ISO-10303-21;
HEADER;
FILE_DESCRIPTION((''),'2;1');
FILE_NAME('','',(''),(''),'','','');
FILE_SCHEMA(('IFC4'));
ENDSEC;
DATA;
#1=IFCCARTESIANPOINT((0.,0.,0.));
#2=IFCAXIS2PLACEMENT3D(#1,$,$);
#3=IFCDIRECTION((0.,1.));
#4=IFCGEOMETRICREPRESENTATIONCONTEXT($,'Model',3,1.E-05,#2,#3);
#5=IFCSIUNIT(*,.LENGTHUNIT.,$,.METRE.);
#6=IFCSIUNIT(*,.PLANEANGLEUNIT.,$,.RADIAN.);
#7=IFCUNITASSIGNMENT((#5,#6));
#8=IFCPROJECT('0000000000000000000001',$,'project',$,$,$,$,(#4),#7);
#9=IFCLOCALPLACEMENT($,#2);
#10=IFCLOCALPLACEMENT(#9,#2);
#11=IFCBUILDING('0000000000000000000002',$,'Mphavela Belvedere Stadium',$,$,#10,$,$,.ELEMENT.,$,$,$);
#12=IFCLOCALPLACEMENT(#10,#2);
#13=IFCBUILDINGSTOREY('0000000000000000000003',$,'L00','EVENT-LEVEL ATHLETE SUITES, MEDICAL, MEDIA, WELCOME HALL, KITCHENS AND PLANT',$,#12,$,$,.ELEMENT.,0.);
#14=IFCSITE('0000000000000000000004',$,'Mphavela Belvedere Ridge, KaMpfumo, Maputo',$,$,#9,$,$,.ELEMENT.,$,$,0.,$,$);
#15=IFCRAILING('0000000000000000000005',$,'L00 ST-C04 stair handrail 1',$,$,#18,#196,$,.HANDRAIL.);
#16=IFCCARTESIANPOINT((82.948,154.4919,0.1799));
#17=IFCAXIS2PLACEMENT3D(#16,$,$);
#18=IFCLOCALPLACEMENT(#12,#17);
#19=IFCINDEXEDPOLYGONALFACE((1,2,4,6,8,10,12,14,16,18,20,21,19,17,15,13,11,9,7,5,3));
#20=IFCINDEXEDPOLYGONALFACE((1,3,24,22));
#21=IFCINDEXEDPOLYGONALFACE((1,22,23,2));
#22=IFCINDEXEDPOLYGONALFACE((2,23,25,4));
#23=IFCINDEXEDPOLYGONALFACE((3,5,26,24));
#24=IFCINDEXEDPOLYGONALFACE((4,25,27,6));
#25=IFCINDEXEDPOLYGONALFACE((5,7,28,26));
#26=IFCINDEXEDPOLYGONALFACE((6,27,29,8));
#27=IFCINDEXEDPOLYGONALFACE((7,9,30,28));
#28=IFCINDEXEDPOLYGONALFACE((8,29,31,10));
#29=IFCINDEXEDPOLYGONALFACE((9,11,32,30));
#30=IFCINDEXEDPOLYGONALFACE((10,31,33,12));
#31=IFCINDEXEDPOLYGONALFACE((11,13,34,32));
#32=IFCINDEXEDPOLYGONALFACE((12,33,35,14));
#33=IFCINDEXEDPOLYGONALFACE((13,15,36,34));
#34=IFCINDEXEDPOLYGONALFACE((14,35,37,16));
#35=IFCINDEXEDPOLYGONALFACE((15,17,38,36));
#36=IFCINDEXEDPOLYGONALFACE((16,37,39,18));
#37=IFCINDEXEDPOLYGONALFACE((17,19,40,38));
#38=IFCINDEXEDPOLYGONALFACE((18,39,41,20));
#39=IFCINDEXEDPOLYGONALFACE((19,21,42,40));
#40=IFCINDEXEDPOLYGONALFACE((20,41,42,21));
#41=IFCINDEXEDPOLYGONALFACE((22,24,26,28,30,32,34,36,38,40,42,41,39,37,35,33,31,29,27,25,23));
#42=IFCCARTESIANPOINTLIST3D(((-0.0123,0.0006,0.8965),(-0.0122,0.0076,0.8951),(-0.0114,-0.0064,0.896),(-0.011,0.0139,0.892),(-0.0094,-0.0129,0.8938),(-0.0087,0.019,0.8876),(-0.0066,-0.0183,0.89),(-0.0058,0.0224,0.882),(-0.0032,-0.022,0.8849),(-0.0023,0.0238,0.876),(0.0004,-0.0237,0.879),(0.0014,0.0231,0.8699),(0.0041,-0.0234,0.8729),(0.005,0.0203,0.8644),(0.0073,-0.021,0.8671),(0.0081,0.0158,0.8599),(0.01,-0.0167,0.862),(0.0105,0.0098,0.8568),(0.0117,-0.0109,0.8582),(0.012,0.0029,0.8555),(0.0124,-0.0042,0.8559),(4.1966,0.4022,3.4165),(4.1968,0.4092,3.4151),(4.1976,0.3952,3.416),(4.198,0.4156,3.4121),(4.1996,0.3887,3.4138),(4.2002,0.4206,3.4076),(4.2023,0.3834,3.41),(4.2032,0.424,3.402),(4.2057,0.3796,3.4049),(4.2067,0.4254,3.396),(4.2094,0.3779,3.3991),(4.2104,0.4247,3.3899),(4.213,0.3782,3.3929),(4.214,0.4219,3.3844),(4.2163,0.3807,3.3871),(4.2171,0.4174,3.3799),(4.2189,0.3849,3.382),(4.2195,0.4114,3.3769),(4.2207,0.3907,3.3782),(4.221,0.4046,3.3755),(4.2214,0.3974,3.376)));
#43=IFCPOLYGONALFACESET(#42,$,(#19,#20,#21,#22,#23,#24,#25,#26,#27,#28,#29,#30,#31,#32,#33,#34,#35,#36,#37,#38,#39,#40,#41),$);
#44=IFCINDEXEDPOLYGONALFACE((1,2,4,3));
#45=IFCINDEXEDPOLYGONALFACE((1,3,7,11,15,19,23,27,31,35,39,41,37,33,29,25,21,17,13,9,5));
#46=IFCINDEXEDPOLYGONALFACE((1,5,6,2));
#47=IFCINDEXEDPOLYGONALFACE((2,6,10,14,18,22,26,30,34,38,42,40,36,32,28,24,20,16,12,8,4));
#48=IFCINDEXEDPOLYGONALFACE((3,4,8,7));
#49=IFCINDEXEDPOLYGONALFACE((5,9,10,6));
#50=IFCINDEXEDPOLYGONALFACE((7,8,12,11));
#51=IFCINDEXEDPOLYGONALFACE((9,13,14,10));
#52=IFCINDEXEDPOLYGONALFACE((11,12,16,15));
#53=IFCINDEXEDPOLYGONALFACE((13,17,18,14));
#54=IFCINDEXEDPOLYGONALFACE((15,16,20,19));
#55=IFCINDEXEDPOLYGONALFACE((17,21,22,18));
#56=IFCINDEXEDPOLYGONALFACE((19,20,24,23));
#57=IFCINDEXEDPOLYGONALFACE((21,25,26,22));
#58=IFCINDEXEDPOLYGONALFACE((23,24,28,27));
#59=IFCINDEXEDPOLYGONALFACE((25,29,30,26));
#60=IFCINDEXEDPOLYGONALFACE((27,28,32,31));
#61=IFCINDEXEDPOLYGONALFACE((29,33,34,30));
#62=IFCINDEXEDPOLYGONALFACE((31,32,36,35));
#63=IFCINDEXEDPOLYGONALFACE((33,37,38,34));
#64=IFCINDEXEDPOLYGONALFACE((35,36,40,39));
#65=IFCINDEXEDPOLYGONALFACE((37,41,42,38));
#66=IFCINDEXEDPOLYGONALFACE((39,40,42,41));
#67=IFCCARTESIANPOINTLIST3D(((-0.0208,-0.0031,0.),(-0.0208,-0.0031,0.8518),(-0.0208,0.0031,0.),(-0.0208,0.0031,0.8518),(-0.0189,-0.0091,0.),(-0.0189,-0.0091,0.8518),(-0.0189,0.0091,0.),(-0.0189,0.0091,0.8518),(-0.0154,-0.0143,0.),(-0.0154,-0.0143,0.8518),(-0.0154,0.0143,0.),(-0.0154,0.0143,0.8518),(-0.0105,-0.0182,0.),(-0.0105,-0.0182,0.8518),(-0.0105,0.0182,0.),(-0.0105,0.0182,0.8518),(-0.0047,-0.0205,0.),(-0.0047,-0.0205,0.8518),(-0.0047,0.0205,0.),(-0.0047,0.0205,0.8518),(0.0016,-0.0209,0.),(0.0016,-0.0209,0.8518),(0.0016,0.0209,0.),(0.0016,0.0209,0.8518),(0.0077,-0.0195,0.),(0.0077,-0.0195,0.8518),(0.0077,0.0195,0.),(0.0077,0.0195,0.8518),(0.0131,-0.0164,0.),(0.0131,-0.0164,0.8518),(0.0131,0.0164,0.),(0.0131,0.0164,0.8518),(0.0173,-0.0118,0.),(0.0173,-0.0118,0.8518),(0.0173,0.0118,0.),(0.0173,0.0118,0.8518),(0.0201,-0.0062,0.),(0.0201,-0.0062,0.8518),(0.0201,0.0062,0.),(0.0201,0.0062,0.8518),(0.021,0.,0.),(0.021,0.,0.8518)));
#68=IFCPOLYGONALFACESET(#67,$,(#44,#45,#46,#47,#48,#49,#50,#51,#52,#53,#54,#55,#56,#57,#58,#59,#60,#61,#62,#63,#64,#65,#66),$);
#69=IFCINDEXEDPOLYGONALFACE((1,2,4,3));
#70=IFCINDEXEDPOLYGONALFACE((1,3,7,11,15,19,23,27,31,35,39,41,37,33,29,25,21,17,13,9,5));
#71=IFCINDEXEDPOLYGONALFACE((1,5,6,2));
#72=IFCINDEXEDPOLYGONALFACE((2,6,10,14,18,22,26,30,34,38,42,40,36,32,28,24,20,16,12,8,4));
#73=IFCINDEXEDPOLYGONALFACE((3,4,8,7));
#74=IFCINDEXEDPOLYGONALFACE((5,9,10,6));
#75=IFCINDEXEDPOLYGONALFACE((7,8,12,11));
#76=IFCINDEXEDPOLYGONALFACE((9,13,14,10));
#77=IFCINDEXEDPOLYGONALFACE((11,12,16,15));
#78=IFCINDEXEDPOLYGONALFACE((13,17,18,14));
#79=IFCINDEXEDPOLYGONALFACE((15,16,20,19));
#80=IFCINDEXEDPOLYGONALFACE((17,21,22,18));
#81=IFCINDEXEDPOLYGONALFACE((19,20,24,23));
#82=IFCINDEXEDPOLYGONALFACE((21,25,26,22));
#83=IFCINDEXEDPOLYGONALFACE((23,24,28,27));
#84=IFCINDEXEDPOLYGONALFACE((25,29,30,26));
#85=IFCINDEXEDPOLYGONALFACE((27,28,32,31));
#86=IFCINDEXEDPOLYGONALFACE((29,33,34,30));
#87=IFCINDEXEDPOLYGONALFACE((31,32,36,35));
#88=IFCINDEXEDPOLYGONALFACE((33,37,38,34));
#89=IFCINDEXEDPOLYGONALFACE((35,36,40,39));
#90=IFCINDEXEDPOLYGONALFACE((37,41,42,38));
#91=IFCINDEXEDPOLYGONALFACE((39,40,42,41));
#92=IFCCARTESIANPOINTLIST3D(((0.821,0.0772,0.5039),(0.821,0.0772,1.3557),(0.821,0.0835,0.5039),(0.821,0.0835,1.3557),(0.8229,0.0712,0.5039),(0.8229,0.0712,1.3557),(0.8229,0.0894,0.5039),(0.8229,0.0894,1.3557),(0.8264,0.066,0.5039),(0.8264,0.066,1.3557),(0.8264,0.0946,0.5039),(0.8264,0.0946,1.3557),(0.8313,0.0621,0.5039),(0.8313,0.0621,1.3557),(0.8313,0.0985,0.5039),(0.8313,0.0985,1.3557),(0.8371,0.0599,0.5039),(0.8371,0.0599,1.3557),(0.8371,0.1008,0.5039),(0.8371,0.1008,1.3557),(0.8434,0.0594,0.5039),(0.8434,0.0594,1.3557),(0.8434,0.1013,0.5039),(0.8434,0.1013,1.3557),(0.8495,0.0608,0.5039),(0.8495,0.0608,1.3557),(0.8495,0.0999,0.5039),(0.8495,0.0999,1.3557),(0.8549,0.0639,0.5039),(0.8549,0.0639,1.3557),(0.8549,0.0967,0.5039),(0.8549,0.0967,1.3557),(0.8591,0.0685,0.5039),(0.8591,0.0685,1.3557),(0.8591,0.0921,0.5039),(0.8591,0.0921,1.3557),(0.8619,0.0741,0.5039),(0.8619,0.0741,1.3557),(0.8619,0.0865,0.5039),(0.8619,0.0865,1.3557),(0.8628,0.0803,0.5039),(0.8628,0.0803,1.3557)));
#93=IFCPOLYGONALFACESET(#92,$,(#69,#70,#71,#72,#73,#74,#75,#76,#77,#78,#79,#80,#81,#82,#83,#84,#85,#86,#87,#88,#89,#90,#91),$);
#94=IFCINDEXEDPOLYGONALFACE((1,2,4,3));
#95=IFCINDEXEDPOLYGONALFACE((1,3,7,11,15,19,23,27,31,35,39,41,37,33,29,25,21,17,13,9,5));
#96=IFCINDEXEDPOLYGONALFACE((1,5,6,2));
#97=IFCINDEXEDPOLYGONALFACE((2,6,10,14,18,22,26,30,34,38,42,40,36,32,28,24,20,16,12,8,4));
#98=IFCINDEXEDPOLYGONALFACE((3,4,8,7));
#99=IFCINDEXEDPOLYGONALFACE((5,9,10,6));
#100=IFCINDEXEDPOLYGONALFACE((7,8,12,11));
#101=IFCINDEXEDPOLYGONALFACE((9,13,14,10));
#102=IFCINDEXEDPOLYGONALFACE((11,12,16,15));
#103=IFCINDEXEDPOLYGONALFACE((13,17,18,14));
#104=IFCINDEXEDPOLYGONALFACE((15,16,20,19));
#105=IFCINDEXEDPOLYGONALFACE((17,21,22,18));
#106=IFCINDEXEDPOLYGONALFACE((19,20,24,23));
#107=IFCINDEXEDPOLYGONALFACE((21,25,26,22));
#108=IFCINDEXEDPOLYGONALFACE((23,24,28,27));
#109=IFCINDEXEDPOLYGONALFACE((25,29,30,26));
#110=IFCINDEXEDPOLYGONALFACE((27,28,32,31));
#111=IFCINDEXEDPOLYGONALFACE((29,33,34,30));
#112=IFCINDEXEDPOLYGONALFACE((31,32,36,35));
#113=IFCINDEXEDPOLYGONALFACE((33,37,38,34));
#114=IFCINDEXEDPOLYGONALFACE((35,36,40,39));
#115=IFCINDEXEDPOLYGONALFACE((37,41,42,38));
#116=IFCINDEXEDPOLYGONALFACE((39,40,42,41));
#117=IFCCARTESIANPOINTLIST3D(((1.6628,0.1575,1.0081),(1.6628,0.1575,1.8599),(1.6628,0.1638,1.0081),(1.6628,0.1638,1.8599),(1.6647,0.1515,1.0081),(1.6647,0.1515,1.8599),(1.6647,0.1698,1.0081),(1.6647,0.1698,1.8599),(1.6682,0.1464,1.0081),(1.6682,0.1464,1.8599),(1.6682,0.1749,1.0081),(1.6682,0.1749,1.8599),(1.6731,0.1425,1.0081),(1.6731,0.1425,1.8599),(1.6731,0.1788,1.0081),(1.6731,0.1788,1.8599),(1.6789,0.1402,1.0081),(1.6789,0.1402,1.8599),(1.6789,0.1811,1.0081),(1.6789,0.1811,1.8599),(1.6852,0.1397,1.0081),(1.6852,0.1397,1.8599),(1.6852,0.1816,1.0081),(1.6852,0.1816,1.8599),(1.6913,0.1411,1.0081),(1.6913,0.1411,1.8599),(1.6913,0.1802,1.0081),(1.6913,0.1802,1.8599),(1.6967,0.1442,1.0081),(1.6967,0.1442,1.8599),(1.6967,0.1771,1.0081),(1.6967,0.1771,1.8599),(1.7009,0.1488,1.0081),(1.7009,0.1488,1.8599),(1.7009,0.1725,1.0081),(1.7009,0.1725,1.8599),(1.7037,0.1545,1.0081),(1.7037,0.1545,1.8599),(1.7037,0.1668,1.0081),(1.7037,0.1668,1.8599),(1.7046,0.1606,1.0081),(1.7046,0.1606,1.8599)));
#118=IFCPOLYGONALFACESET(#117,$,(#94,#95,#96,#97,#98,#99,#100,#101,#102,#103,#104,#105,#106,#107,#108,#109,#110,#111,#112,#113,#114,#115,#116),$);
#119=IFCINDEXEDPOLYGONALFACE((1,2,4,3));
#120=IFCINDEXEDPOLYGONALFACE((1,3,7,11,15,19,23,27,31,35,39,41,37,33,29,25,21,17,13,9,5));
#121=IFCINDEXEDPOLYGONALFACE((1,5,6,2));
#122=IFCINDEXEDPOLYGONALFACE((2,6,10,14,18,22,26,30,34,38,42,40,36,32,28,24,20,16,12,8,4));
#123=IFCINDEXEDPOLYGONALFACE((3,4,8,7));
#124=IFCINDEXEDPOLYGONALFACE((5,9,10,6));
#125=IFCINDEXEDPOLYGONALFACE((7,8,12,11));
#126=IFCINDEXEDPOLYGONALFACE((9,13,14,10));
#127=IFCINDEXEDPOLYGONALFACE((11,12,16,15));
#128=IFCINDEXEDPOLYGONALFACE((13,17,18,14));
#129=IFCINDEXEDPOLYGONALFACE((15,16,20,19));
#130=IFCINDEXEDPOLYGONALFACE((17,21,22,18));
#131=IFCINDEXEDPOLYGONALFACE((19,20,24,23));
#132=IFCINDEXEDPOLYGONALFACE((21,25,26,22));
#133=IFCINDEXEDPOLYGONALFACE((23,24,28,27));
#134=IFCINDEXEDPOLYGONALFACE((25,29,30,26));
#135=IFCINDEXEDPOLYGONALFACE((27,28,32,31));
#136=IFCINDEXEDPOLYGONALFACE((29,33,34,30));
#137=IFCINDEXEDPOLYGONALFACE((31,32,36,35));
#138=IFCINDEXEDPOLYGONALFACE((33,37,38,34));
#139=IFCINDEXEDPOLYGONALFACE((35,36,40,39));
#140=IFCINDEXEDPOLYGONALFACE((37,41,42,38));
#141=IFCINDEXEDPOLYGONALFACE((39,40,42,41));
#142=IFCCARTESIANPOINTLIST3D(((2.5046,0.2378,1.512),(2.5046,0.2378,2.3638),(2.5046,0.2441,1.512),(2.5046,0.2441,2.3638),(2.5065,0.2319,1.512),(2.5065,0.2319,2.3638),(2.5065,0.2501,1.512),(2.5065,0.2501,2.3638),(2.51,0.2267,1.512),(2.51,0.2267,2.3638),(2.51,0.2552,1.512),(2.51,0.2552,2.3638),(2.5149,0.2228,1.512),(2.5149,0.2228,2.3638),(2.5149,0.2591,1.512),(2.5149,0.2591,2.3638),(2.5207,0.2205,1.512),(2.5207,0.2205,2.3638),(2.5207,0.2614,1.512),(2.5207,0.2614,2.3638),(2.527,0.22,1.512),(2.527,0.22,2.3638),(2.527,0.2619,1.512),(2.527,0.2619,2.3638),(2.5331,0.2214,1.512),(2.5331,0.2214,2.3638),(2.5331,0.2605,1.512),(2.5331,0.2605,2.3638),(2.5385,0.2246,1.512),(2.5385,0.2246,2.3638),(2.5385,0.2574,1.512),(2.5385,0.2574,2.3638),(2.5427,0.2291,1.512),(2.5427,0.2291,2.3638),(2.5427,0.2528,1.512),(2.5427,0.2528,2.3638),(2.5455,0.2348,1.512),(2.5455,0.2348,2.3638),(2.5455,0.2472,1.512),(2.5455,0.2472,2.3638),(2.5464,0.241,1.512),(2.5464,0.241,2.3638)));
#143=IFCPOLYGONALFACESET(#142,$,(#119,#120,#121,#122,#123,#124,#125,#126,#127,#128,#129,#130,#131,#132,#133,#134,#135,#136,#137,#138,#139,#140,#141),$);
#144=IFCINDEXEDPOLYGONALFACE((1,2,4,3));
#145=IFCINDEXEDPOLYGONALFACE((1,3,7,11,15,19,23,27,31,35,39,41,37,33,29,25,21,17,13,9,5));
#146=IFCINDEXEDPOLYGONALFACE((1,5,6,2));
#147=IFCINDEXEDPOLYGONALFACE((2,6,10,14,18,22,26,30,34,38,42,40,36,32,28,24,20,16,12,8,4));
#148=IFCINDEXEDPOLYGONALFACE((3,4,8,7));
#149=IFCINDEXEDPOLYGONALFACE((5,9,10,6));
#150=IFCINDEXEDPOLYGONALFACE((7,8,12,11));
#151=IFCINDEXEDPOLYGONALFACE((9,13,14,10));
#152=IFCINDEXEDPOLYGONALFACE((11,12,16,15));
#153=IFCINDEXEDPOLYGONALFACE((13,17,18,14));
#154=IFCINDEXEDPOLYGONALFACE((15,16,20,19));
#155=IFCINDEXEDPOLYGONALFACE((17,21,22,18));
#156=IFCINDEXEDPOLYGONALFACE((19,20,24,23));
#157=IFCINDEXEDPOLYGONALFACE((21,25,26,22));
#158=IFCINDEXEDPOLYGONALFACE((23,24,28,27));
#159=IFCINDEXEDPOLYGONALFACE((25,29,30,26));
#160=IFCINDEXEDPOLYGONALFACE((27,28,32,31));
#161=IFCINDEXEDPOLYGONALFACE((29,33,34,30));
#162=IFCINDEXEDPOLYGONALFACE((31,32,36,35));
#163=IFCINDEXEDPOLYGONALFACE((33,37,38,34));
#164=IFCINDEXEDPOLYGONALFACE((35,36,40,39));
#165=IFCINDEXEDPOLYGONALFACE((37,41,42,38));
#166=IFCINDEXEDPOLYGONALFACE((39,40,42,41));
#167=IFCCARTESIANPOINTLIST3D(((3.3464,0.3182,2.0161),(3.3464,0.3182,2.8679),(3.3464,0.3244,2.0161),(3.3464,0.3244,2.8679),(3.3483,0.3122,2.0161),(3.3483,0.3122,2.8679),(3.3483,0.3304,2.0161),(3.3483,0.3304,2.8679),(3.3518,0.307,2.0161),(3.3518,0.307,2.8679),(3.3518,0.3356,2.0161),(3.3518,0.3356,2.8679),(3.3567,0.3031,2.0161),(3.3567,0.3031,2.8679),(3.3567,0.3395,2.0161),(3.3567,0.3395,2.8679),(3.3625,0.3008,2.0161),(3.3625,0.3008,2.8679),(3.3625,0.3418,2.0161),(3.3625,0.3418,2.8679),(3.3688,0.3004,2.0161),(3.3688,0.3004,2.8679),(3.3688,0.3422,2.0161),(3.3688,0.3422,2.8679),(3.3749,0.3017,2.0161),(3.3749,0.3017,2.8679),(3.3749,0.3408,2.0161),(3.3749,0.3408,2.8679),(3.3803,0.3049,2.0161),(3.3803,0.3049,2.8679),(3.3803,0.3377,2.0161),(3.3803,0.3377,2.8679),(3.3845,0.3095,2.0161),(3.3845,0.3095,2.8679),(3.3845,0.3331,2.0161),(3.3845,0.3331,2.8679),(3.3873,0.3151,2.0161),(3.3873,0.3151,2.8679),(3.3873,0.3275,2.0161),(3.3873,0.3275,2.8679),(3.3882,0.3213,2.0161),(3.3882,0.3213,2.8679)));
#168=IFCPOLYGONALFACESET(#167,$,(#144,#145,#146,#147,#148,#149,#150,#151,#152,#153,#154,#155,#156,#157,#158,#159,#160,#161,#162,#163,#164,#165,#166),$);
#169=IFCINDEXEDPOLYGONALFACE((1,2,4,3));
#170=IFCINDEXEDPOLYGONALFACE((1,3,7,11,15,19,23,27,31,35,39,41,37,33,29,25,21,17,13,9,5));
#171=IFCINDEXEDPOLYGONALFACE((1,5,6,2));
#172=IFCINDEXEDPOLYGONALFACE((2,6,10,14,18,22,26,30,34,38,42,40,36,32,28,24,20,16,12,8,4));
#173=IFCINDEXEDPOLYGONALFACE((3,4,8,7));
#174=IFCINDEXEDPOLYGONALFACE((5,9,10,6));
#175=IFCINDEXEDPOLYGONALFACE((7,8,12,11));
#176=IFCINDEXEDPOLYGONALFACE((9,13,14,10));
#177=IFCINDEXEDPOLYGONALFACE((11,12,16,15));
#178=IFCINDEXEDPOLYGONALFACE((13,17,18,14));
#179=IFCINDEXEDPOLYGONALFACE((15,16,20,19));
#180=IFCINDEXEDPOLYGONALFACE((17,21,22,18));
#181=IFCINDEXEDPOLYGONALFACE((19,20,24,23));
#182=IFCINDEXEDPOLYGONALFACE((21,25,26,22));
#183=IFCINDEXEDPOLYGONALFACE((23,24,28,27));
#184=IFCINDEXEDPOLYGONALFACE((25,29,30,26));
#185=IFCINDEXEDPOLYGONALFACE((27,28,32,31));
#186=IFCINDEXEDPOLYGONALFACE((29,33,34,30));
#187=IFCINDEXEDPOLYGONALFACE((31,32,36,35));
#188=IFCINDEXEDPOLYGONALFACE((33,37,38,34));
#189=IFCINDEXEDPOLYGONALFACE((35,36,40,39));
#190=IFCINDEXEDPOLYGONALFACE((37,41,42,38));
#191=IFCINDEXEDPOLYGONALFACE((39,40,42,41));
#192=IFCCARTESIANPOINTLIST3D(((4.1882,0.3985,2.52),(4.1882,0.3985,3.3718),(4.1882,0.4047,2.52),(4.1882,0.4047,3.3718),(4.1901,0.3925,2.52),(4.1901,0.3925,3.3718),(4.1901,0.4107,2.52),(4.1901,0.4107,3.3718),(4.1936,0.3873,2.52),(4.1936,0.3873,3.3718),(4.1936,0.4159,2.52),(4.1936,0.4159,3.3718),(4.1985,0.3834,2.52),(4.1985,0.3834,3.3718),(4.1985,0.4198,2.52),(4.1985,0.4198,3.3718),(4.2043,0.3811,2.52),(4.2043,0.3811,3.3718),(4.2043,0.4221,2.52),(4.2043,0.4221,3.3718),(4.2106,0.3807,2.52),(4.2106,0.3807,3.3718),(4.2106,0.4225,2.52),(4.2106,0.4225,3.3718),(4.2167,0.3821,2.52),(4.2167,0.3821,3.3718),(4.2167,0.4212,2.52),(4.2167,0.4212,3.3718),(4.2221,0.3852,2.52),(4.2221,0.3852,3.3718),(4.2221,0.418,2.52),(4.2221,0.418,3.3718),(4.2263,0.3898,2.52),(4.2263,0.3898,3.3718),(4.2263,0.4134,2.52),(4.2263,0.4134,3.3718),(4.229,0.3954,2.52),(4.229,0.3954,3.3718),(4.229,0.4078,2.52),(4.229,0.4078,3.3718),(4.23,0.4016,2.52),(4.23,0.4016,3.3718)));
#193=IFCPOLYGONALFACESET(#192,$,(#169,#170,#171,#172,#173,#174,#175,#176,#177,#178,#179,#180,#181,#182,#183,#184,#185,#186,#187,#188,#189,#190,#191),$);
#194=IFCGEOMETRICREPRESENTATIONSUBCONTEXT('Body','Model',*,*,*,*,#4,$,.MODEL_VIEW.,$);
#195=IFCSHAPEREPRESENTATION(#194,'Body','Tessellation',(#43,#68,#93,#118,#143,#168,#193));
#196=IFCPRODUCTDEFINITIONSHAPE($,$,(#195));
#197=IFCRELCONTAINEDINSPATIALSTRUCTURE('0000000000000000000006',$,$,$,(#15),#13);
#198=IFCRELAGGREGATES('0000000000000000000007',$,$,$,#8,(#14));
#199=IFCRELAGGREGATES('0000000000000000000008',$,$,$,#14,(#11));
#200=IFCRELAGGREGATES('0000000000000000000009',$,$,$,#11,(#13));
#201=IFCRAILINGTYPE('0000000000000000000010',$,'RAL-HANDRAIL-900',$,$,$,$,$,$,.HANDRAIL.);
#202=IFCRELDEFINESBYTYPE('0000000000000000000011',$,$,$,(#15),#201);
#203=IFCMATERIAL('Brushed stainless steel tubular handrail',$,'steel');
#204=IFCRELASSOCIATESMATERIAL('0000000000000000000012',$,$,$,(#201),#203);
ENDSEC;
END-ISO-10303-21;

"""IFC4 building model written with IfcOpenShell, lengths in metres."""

from ifc_helpers import new_model, si_unit, direction, frame, origin, origin_2d, place, context, subcontext, project, spatial, circle, extrude, material, type_object, element, save


model = new_model("IFC4")

# Units and contexts
model_context = context("Model", 3, precision=1e-05, world=origin(), true_north=direction((0.0, 1.0)))
body_context = subcontext(model_context, "Body", "Model", "MODEL_VIEW")
ifc_project = project(units=[si_unit("LENGTHUNIT", "METRE"), si_unit("PLANEANGLEUNIT", "RADIAN")], contexts=[model_context])

# Site, building, storey
site_placement = place(None, origin())
site = spatial("IfcSite", under=ifc_project, at=site_placement, Name="Mphavela Belvedere Ridge, KaMpfumo, Maputo", CompositionType="ELEMENT", RefElevation=0.0)
building_placement = place(site_placement, origin())
building = spatial("IfcBuilding", under=site, at=building_placement, Name="Mphavela Belvedere Stadium", CompositionType="ELEMENT")
storey_placement = place(building_placement, origin())
storey = spatial("IfcBuildingStorey", under=building, at=storey_placement, Name="L00", Description="EVENT-LEVEL ATHLETE SUITES, MEDICAL, MEDIA, WELCOME HALL, KITCHENS AND PLANT", CompositionType="ELEMENT", Elevation=0.0)

# Railing
ifc_material_1 = material(Name="Brushed stainless steel tubular handrail", Category="steel")
railing_type_1 = type_object("IfcRailingType", Name="RAL-HANDRAIL-900", PredefinedType="HANDRAIL", material=ifc_material_1)
railing_1_placement = place(storey_placement, frame((82.948, 154.4919, 0.1799)))
element("IfcRailing", 1, at=railing_1_placement, inside=storey, type_object=railing_type_1, Name="L00 ST-C04 stair handrail 1", PredefinedType="HANDRAIL", context=body_context, shape_type="SweptSolid", body=[
    extrude(circle(Radius=0.0239, at=origin_2d()), frame((0.0, 0.0, 0.876), z_axis=(0.855115, 0.081593, 0.511978), x_axis=(-0.094986, 0.995479, 0.0)), (0.0, 0.0, 1.0), 4.9221),
    extrude(circle(Radius=0.021, at=origin_2d()), origin(), (0.0, 0.0, 1.0), 0.8518),
    extrude(circle(Radius=0.021, at=origin_2d()), frame((0.8418, 0.0803, 0.5039)), (0.0, 0.0, 1.0), 0.8518),
    extrude(circle(Radius=0.021, at=origin_2d()), frame((1.6836, 0.1606, 1.0081)), (0.0, 0.0, 1.0), 0.8518),
    extrude(circle(Radius=0.021, at=origin_2d()), frame((2.5254, 0.241, 1.512)), (0.0, 0.0, 1.0), 0.8518),
    extrude(circle(Radius=0.021, at=origin_2d()), frame((3.3672, 0.3213, 2.0161)), (0.0, 0.0, 1.0), 0.8518),
    extrude(circle(Radius=0.021, at=origin_2d()), frame((4.209, 0.4016, 2.52)), (0.0, 0.0, 1.0), 0.8518),
])

save(model, "model.ifc")
